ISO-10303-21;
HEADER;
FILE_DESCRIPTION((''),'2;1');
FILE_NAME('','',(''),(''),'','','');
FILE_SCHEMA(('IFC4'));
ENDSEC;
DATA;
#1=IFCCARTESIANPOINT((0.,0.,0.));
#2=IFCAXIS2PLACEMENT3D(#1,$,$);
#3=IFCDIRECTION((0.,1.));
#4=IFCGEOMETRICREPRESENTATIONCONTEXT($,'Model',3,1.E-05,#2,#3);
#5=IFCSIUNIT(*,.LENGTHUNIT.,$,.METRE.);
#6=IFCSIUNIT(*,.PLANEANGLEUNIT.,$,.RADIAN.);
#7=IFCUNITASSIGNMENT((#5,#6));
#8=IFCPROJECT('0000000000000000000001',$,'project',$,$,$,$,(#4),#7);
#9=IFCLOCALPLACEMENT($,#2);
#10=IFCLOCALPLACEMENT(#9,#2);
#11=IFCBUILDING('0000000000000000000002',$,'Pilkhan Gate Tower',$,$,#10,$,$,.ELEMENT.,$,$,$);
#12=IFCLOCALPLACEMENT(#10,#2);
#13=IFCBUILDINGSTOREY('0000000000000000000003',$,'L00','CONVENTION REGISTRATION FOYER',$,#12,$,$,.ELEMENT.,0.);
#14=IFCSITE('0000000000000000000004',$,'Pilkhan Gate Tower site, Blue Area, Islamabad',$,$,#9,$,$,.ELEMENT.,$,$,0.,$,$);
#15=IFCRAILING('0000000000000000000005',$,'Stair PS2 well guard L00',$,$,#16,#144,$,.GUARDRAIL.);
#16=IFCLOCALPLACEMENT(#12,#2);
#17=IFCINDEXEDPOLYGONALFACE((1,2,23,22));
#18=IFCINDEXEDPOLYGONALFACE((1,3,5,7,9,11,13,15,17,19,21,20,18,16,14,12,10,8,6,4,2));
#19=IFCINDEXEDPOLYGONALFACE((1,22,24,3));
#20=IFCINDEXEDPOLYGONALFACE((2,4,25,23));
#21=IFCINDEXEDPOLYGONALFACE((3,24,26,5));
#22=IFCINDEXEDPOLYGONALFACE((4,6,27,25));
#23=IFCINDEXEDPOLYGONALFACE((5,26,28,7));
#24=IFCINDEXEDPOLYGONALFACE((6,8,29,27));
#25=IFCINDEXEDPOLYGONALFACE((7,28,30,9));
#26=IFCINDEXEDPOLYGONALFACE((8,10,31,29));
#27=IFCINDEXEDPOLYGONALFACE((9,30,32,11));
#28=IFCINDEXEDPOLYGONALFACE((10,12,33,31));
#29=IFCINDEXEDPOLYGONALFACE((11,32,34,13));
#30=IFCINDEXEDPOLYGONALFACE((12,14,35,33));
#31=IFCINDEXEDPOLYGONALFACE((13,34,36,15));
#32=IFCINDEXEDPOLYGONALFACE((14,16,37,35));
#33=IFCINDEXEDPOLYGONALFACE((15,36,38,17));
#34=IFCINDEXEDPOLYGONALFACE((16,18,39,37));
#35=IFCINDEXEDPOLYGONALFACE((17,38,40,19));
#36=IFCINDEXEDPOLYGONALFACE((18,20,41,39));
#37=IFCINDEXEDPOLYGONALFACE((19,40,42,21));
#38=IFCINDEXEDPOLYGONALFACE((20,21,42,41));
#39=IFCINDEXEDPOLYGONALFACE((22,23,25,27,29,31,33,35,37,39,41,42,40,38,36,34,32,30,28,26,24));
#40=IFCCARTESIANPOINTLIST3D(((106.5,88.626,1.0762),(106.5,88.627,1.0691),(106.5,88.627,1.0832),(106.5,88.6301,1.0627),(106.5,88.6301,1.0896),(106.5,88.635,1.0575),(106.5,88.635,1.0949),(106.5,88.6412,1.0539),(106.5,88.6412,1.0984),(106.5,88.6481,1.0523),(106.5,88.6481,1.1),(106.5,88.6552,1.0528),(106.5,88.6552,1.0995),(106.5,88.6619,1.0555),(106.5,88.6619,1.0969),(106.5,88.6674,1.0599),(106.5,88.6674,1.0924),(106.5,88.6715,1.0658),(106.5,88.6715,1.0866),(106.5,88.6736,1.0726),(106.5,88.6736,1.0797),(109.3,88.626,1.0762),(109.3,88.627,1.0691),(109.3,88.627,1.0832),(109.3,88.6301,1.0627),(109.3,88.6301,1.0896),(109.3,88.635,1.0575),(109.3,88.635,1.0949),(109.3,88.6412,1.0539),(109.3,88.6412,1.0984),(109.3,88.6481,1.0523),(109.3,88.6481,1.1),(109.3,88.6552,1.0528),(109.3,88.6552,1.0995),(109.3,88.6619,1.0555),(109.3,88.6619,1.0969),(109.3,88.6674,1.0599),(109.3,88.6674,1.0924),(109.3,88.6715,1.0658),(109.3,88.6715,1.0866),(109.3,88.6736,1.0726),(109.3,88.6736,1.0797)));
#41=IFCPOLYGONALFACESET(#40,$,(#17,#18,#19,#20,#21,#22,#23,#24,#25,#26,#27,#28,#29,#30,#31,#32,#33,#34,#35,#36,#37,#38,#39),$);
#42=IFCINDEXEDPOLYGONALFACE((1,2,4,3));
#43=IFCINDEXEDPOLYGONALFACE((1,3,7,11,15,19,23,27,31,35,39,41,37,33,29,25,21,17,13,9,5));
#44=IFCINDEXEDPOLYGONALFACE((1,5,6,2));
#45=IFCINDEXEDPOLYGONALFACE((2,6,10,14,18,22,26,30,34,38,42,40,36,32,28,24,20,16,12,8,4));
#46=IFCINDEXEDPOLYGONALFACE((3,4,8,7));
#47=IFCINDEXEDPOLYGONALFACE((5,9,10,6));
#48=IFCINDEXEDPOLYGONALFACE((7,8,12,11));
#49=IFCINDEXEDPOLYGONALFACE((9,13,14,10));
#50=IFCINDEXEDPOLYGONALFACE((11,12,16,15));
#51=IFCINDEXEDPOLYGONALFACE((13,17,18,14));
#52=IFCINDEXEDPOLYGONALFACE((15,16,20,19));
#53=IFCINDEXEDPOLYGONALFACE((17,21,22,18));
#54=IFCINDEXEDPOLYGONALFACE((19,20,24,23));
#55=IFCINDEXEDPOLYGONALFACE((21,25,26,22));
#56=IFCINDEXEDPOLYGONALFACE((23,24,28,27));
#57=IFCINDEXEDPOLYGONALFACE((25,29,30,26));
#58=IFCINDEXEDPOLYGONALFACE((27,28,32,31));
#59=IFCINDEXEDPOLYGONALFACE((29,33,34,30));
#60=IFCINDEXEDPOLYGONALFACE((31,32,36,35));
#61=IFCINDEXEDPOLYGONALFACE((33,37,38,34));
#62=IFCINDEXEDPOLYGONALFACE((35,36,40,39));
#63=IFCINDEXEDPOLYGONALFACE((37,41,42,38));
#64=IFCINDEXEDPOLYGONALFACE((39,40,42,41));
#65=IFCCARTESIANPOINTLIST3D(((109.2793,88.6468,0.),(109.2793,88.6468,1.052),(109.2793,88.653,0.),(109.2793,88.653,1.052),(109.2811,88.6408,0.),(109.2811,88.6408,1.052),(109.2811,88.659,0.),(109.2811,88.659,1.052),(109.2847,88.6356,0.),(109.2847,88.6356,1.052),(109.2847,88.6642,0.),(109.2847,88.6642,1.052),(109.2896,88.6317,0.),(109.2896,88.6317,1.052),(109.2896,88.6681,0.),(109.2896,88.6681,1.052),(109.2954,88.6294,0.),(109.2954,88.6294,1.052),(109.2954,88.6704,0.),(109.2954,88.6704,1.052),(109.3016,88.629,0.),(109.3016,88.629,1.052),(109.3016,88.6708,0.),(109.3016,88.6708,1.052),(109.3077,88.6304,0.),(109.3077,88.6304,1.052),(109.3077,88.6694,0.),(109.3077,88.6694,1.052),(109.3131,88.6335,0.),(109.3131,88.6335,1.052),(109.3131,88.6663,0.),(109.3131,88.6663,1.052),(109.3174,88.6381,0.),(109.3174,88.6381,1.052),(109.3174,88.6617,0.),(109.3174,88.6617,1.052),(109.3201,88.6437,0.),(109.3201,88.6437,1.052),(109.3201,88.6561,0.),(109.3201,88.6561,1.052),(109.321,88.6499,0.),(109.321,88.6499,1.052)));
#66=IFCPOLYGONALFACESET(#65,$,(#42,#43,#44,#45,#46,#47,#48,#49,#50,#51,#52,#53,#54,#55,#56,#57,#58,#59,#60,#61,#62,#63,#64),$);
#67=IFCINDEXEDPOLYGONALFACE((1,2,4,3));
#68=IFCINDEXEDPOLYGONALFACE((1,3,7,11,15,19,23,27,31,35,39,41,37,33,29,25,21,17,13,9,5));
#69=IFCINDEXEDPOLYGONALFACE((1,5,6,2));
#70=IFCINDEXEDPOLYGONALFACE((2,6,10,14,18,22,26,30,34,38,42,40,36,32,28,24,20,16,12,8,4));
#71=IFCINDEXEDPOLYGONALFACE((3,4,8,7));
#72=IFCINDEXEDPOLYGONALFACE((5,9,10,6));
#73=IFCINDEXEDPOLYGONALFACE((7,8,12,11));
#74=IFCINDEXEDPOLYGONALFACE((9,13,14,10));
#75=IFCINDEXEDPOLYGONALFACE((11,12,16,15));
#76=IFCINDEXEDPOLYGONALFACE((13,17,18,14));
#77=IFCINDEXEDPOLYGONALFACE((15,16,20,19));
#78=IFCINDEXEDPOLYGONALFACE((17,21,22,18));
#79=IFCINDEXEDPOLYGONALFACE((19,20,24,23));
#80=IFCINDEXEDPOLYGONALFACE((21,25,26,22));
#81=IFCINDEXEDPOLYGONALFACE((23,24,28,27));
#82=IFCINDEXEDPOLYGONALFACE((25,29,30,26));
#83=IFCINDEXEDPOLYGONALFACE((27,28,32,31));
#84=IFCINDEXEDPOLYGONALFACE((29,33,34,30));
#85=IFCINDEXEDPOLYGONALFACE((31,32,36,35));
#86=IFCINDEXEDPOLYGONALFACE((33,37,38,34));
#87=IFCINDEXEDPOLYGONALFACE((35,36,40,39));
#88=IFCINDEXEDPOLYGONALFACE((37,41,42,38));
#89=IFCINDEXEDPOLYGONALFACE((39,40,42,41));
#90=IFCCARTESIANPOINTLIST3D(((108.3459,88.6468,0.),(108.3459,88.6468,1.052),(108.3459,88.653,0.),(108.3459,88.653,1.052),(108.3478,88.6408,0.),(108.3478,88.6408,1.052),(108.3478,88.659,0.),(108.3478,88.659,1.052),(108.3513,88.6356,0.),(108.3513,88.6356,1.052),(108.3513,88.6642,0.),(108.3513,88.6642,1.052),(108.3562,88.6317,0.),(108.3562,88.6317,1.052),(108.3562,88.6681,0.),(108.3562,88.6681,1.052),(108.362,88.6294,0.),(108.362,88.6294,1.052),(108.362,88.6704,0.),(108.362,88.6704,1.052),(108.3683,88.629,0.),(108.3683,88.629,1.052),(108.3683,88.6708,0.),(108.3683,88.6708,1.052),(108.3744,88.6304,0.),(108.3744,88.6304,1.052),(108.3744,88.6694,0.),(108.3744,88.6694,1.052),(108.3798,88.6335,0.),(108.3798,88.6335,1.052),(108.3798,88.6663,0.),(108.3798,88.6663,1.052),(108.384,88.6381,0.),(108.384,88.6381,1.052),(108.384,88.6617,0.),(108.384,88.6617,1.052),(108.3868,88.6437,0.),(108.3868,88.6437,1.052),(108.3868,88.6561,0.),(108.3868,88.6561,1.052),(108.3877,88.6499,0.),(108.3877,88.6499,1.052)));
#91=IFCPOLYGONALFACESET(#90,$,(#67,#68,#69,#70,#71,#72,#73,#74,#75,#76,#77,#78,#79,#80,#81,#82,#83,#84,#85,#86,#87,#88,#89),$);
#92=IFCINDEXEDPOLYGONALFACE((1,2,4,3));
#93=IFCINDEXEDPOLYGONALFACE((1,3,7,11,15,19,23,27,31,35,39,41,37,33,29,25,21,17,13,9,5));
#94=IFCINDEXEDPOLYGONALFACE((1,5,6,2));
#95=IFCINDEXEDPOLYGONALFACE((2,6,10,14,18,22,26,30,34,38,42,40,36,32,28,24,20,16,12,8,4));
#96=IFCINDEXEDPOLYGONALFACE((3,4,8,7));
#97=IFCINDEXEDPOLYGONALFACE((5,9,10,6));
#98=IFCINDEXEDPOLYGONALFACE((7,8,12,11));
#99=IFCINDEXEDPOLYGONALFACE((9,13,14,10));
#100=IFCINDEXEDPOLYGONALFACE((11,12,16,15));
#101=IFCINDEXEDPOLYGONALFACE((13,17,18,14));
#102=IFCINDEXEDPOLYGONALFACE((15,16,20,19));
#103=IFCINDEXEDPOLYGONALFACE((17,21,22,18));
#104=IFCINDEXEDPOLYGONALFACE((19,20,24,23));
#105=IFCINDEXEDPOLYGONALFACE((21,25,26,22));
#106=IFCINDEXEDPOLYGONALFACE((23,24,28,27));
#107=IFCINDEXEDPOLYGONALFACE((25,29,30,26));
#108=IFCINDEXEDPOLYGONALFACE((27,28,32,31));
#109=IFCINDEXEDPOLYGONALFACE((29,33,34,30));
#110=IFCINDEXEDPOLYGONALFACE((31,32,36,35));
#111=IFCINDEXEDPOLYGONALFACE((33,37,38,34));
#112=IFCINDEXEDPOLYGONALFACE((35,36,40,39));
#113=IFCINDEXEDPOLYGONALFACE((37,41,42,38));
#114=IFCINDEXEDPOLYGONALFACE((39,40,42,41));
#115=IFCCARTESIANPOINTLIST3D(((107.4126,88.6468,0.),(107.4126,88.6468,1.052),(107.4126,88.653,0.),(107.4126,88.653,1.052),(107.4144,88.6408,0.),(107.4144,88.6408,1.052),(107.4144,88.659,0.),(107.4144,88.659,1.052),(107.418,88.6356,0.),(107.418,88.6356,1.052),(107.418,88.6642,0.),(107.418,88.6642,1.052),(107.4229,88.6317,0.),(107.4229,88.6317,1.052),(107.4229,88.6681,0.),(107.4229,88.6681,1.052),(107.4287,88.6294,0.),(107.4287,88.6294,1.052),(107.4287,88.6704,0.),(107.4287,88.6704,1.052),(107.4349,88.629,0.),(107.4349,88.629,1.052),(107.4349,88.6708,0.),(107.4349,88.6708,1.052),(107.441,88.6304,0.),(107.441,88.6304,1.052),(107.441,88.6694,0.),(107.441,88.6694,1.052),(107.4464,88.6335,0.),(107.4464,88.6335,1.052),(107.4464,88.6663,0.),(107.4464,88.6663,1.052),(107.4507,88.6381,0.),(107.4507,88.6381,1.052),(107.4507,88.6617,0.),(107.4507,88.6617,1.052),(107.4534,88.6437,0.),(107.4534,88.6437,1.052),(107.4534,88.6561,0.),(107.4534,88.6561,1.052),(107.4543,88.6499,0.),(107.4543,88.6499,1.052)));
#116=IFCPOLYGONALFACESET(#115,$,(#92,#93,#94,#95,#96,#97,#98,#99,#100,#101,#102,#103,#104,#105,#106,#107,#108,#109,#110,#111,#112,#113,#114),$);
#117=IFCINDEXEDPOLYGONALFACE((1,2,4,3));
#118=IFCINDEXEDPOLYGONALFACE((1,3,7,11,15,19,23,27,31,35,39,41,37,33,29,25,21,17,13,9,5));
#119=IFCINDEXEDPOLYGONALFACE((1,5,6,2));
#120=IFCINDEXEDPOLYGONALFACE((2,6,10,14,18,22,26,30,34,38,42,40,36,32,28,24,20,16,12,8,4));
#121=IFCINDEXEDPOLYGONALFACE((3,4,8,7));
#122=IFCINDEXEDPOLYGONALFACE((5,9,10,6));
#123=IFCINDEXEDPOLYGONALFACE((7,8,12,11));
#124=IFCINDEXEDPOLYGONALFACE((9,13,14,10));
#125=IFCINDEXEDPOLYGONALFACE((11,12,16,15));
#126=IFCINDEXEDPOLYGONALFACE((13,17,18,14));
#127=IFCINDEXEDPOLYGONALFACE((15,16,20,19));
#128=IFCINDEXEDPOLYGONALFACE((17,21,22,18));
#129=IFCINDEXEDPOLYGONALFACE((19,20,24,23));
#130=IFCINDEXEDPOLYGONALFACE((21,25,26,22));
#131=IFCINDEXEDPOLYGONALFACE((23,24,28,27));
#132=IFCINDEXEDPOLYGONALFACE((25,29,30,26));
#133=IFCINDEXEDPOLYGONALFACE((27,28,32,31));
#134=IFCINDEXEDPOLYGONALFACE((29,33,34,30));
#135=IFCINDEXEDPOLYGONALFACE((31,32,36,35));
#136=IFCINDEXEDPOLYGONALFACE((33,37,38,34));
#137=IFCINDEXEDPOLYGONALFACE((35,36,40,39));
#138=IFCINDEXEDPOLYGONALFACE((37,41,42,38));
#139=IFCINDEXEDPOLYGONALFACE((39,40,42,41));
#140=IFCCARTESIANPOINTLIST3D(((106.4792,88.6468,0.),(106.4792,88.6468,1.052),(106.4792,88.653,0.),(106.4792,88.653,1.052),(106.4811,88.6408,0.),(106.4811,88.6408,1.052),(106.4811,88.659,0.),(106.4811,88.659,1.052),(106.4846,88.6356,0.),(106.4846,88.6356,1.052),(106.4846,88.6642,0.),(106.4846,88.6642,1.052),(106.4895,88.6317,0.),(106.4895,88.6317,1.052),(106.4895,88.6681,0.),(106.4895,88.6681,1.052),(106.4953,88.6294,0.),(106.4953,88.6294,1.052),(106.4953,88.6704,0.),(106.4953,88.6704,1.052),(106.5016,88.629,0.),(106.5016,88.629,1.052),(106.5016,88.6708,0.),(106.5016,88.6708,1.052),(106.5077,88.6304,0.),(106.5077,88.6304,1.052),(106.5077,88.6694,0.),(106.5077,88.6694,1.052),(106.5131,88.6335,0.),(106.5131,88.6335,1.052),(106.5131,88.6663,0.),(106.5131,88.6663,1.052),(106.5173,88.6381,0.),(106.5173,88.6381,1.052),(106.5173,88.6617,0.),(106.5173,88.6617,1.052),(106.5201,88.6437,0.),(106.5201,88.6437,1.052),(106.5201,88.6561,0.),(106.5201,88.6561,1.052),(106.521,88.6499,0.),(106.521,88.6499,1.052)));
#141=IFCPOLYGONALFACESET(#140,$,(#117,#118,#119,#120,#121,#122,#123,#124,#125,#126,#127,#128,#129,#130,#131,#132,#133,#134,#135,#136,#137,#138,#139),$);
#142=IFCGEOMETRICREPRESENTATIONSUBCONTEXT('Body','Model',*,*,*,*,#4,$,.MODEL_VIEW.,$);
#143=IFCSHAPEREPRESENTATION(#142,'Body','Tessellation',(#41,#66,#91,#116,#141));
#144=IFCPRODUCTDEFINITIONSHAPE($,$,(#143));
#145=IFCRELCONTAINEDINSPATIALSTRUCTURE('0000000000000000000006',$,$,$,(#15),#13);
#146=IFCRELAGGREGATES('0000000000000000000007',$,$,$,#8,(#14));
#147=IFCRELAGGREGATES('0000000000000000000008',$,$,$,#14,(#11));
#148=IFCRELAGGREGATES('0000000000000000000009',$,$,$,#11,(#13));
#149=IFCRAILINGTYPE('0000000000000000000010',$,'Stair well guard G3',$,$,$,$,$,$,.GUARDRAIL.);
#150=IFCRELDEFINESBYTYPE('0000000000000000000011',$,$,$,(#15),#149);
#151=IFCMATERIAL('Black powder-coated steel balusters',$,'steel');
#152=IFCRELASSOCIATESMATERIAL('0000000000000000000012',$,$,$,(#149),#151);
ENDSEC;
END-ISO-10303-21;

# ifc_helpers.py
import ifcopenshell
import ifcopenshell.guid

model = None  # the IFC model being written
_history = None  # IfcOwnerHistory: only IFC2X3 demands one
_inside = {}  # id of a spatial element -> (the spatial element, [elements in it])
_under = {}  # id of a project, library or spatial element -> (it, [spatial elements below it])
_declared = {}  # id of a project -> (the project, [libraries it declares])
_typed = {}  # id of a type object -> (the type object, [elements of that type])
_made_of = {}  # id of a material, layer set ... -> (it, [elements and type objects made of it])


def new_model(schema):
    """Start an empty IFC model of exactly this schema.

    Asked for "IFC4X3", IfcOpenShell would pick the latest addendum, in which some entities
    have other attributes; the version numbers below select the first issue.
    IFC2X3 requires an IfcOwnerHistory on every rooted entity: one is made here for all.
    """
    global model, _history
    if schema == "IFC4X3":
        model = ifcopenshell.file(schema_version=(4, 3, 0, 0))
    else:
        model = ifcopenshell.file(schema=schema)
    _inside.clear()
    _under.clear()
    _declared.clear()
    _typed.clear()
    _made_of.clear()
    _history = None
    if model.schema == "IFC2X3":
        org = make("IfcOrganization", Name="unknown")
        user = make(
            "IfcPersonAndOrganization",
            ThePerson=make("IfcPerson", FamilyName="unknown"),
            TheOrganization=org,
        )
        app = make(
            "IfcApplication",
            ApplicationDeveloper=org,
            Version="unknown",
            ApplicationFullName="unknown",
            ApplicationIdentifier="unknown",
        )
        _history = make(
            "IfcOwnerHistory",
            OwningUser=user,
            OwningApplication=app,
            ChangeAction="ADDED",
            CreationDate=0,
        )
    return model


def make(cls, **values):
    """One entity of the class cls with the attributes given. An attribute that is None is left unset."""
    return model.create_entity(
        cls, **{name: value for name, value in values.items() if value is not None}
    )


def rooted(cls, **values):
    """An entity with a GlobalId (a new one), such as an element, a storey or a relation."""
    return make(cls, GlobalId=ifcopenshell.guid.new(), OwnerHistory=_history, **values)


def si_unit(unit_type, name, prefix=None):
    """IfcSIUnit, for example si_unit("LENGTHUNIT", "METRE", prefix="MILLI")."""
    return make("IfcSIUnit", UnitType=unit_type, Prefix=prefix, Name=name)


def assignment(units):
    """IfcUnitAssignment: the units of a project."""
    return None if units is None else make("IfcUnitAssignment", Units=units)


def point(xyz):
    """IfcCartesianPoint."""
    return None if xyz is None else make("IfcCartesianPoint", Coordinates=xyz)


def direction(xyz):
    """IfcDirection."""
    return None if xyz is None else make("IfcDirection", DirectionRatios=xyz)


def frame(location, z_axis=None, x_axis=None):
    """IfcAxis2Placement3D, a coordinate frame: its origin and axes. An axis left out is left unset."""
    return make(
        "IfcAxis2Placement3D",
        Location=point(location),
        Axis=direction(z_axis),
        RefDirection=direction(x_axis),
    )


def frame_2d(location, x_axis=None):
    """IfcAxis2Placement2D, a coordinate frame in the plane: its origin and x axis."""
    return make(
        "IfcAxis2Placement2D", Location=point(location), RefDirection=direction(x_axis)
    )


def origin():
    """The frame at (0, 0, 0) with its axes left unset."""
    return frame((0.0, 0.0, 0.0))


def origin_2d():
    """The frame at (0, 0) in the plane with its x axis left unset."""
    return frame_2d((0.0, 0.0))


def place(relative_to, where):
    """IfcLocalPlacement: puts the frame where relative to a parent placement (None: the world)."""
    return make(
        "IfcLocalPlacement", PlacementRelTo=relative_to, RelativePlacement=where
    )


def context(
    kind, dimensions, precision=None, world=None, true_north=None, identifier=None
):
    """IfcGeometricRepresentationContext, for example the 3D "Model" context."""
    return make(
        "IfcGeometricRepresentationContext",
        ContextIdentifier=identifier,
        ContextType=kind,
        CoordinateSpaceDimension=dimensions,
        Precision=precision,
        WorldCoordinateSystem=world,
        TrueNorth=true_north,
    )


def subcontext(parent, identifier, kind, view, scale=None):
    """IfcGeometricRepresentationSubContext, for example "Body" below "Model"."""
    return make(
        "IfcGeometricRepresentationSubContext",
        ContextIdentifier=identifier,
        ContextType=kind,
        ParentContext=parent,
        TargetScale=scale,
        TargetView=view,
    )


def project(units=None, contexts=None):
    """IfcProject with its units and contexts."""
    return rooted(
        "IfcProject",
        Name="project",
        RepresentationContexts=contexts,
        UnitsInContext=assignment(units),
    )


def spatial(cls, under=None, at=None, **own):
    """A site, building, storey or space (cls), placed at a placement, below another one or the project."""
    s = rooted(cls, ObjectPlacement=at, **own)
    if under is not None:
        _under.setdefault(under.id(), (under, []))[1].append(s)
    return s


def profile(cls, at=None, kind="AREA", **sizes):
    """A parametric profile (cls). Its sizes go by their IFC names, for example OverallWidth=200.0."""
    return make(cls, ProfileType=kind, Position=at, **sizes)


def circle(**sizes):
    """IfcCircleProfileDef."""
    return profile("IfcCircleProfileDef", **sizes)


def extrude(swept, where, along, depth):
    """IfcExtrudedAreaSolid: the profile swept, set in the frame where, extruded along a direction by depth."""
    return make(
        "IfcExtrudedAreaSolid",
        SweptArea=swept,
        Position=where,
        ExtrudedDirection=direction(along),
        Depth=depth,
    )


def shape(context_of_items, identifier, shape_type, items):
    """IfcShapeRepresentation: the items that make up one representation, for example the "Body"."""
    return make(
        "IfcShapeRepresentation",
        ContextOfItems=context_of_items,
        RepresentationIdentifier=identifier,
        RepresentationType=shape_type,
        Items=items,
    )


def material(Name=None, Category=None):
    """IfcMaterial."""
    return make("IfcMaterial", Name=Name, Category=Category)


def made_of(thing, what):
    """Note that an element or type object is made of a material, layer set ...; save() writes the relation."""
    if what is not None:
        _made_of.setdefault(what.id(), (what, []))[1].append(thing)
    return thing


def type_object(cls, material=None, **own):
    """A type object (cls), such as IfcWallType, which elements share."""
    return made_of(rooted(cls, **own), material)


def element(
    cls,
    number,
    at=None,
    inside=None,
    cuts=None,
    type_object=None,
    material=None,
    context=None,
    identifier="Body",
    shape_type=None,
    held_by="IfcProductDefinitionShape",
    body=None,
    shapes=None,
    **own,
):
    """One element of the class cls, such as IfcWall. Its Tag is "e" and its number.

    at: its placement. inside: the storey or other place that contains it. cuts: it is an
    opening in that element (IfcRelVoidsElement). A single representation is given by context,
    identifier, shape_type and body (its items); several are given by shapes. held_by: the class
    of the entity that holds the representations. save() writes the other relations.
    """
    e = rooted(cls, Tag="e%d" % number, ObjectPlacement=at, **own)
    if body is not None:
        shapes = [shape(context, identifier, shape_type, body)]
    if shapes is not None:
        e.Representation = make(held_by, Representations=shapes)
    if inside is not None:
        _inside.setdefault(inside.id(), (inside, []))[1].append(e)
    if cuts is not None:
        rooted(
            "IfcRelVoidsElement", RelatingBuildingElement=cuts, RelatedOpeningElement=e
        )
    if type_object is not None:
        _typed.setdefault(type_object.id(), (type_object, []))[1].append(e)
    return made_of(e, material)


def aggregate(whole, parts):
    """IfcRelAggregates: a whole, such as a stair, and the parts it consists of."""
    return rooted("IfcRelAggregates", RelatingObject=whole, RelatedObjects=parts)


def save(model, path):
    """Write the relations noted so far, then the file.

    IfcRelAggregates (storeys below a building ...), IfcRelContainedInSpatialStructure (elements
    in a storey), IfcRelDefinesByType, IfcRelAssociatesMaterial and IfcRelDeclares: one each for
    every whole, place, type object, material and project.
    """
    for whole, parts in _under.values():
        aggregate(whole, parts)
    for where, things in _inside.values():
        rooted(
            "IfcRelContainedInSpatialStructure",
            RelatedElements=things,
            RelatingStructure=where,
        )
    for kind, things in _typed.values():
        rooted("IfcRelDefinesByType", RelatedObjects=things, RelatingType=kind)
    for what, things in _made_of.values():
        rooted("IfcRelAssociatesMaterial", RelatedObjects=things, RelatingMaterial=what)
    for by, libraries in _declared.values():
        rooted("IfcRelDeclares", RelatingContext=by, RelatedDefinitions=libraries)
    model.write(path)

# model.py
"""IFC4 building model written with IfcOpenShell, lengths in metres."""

from ifc_helpers import new_model, si_unit, direction, frame, origin, origin_2d, place, context, subcontext, project, spatial, circle, extrude, material, type_object, element, save


model = new_model("IFC4")

# Units and contexts
model_context = context("Model", 3, precision=1e-05, world=origin(), true_north=direction((0.0, 1.0)))
body_context = subcontext(model_context, "Body", "Model", "MODEL_VIEW")
ifc_project = project(units=[si_unit("LENGTHUNIT", "METRE"), si_unit("PLANEANGLEUNIT", "RADIAN")], contexts=[model_context])

# Site, building, storey
site_placement = place(None, origin())
site = spatial("IfcSite", under=ifc_project, at=site_placement, Name="Pilkhan Gate Tower site, Blue Area, Islamabad", CompositionType="ELEMENT", RefElevation=0.0)
building_placement = place(site_placement, origin())
building = spatial("IfcBuilding", under=site, at=building_placement, Name="Pilkhan Gate Tower", CompositionType="ELEMENT")
storey_placement = place(building_placement, origin())
storey = spatial("IfcBuildingStorey", under=building, at=storey_placement, Name="L00", Description="CONVENTION REGISTRATION FOYER", CompositionType="ELEMENT", Elevation=0.0)

# Railing
ifc_material_1 = material(Name="Black powder-coated steel balusters", Category="steel")
railing_type_1 = type_object("IfcRailingType", Name="Stair well guard G3", PredefinedType="GUARDRAIL", material=ifc_material_1)
railing_1_placement = place(storey_placement, frame((109.3, 88.6499, 0.0)))
element("IfcRailing", 1, at=railing_1_placement, inside=storey, type_object=railing_type_1, Name="Stair PS2 well guard L00", PredefinedType="GUARDRAIL", context=body_context, shape_type="SweptSolid", body=[
    extrude(circle(Radius=0.0239, at=origin_2d()), frame((0.0, 0.0, 1.0762), z_axis=(-1.0, 0.0, 0.0), x_axis=(0.0, -1.0, 0.0)), (0.0, 0.0, 1.0), 2.8),
    extrude(circle(Radius=0.021, at=origin_2d()), origin(), (0.0, 0.0, 1.0), 1.052),
    extrude(circle(Radius=0.021, at=origin_2d()), frame((-0.9333, 0.0, 0.0)), (0.0, 0.0, 1.0), 1.052),
    extrude(circle(Radius=0.021, at=origin_2d()), frame((-1.8667, 0.0, 0.0)), (0.0, 0.0, 1.0), 1.052),
    extrude(circle(Radius=0.021, at=origin_2d()), frame((-2.8, 0.0, 0.0)), (0.0, 0.0, 1.0), 1.052),
])

save(model, "model.ifc")
